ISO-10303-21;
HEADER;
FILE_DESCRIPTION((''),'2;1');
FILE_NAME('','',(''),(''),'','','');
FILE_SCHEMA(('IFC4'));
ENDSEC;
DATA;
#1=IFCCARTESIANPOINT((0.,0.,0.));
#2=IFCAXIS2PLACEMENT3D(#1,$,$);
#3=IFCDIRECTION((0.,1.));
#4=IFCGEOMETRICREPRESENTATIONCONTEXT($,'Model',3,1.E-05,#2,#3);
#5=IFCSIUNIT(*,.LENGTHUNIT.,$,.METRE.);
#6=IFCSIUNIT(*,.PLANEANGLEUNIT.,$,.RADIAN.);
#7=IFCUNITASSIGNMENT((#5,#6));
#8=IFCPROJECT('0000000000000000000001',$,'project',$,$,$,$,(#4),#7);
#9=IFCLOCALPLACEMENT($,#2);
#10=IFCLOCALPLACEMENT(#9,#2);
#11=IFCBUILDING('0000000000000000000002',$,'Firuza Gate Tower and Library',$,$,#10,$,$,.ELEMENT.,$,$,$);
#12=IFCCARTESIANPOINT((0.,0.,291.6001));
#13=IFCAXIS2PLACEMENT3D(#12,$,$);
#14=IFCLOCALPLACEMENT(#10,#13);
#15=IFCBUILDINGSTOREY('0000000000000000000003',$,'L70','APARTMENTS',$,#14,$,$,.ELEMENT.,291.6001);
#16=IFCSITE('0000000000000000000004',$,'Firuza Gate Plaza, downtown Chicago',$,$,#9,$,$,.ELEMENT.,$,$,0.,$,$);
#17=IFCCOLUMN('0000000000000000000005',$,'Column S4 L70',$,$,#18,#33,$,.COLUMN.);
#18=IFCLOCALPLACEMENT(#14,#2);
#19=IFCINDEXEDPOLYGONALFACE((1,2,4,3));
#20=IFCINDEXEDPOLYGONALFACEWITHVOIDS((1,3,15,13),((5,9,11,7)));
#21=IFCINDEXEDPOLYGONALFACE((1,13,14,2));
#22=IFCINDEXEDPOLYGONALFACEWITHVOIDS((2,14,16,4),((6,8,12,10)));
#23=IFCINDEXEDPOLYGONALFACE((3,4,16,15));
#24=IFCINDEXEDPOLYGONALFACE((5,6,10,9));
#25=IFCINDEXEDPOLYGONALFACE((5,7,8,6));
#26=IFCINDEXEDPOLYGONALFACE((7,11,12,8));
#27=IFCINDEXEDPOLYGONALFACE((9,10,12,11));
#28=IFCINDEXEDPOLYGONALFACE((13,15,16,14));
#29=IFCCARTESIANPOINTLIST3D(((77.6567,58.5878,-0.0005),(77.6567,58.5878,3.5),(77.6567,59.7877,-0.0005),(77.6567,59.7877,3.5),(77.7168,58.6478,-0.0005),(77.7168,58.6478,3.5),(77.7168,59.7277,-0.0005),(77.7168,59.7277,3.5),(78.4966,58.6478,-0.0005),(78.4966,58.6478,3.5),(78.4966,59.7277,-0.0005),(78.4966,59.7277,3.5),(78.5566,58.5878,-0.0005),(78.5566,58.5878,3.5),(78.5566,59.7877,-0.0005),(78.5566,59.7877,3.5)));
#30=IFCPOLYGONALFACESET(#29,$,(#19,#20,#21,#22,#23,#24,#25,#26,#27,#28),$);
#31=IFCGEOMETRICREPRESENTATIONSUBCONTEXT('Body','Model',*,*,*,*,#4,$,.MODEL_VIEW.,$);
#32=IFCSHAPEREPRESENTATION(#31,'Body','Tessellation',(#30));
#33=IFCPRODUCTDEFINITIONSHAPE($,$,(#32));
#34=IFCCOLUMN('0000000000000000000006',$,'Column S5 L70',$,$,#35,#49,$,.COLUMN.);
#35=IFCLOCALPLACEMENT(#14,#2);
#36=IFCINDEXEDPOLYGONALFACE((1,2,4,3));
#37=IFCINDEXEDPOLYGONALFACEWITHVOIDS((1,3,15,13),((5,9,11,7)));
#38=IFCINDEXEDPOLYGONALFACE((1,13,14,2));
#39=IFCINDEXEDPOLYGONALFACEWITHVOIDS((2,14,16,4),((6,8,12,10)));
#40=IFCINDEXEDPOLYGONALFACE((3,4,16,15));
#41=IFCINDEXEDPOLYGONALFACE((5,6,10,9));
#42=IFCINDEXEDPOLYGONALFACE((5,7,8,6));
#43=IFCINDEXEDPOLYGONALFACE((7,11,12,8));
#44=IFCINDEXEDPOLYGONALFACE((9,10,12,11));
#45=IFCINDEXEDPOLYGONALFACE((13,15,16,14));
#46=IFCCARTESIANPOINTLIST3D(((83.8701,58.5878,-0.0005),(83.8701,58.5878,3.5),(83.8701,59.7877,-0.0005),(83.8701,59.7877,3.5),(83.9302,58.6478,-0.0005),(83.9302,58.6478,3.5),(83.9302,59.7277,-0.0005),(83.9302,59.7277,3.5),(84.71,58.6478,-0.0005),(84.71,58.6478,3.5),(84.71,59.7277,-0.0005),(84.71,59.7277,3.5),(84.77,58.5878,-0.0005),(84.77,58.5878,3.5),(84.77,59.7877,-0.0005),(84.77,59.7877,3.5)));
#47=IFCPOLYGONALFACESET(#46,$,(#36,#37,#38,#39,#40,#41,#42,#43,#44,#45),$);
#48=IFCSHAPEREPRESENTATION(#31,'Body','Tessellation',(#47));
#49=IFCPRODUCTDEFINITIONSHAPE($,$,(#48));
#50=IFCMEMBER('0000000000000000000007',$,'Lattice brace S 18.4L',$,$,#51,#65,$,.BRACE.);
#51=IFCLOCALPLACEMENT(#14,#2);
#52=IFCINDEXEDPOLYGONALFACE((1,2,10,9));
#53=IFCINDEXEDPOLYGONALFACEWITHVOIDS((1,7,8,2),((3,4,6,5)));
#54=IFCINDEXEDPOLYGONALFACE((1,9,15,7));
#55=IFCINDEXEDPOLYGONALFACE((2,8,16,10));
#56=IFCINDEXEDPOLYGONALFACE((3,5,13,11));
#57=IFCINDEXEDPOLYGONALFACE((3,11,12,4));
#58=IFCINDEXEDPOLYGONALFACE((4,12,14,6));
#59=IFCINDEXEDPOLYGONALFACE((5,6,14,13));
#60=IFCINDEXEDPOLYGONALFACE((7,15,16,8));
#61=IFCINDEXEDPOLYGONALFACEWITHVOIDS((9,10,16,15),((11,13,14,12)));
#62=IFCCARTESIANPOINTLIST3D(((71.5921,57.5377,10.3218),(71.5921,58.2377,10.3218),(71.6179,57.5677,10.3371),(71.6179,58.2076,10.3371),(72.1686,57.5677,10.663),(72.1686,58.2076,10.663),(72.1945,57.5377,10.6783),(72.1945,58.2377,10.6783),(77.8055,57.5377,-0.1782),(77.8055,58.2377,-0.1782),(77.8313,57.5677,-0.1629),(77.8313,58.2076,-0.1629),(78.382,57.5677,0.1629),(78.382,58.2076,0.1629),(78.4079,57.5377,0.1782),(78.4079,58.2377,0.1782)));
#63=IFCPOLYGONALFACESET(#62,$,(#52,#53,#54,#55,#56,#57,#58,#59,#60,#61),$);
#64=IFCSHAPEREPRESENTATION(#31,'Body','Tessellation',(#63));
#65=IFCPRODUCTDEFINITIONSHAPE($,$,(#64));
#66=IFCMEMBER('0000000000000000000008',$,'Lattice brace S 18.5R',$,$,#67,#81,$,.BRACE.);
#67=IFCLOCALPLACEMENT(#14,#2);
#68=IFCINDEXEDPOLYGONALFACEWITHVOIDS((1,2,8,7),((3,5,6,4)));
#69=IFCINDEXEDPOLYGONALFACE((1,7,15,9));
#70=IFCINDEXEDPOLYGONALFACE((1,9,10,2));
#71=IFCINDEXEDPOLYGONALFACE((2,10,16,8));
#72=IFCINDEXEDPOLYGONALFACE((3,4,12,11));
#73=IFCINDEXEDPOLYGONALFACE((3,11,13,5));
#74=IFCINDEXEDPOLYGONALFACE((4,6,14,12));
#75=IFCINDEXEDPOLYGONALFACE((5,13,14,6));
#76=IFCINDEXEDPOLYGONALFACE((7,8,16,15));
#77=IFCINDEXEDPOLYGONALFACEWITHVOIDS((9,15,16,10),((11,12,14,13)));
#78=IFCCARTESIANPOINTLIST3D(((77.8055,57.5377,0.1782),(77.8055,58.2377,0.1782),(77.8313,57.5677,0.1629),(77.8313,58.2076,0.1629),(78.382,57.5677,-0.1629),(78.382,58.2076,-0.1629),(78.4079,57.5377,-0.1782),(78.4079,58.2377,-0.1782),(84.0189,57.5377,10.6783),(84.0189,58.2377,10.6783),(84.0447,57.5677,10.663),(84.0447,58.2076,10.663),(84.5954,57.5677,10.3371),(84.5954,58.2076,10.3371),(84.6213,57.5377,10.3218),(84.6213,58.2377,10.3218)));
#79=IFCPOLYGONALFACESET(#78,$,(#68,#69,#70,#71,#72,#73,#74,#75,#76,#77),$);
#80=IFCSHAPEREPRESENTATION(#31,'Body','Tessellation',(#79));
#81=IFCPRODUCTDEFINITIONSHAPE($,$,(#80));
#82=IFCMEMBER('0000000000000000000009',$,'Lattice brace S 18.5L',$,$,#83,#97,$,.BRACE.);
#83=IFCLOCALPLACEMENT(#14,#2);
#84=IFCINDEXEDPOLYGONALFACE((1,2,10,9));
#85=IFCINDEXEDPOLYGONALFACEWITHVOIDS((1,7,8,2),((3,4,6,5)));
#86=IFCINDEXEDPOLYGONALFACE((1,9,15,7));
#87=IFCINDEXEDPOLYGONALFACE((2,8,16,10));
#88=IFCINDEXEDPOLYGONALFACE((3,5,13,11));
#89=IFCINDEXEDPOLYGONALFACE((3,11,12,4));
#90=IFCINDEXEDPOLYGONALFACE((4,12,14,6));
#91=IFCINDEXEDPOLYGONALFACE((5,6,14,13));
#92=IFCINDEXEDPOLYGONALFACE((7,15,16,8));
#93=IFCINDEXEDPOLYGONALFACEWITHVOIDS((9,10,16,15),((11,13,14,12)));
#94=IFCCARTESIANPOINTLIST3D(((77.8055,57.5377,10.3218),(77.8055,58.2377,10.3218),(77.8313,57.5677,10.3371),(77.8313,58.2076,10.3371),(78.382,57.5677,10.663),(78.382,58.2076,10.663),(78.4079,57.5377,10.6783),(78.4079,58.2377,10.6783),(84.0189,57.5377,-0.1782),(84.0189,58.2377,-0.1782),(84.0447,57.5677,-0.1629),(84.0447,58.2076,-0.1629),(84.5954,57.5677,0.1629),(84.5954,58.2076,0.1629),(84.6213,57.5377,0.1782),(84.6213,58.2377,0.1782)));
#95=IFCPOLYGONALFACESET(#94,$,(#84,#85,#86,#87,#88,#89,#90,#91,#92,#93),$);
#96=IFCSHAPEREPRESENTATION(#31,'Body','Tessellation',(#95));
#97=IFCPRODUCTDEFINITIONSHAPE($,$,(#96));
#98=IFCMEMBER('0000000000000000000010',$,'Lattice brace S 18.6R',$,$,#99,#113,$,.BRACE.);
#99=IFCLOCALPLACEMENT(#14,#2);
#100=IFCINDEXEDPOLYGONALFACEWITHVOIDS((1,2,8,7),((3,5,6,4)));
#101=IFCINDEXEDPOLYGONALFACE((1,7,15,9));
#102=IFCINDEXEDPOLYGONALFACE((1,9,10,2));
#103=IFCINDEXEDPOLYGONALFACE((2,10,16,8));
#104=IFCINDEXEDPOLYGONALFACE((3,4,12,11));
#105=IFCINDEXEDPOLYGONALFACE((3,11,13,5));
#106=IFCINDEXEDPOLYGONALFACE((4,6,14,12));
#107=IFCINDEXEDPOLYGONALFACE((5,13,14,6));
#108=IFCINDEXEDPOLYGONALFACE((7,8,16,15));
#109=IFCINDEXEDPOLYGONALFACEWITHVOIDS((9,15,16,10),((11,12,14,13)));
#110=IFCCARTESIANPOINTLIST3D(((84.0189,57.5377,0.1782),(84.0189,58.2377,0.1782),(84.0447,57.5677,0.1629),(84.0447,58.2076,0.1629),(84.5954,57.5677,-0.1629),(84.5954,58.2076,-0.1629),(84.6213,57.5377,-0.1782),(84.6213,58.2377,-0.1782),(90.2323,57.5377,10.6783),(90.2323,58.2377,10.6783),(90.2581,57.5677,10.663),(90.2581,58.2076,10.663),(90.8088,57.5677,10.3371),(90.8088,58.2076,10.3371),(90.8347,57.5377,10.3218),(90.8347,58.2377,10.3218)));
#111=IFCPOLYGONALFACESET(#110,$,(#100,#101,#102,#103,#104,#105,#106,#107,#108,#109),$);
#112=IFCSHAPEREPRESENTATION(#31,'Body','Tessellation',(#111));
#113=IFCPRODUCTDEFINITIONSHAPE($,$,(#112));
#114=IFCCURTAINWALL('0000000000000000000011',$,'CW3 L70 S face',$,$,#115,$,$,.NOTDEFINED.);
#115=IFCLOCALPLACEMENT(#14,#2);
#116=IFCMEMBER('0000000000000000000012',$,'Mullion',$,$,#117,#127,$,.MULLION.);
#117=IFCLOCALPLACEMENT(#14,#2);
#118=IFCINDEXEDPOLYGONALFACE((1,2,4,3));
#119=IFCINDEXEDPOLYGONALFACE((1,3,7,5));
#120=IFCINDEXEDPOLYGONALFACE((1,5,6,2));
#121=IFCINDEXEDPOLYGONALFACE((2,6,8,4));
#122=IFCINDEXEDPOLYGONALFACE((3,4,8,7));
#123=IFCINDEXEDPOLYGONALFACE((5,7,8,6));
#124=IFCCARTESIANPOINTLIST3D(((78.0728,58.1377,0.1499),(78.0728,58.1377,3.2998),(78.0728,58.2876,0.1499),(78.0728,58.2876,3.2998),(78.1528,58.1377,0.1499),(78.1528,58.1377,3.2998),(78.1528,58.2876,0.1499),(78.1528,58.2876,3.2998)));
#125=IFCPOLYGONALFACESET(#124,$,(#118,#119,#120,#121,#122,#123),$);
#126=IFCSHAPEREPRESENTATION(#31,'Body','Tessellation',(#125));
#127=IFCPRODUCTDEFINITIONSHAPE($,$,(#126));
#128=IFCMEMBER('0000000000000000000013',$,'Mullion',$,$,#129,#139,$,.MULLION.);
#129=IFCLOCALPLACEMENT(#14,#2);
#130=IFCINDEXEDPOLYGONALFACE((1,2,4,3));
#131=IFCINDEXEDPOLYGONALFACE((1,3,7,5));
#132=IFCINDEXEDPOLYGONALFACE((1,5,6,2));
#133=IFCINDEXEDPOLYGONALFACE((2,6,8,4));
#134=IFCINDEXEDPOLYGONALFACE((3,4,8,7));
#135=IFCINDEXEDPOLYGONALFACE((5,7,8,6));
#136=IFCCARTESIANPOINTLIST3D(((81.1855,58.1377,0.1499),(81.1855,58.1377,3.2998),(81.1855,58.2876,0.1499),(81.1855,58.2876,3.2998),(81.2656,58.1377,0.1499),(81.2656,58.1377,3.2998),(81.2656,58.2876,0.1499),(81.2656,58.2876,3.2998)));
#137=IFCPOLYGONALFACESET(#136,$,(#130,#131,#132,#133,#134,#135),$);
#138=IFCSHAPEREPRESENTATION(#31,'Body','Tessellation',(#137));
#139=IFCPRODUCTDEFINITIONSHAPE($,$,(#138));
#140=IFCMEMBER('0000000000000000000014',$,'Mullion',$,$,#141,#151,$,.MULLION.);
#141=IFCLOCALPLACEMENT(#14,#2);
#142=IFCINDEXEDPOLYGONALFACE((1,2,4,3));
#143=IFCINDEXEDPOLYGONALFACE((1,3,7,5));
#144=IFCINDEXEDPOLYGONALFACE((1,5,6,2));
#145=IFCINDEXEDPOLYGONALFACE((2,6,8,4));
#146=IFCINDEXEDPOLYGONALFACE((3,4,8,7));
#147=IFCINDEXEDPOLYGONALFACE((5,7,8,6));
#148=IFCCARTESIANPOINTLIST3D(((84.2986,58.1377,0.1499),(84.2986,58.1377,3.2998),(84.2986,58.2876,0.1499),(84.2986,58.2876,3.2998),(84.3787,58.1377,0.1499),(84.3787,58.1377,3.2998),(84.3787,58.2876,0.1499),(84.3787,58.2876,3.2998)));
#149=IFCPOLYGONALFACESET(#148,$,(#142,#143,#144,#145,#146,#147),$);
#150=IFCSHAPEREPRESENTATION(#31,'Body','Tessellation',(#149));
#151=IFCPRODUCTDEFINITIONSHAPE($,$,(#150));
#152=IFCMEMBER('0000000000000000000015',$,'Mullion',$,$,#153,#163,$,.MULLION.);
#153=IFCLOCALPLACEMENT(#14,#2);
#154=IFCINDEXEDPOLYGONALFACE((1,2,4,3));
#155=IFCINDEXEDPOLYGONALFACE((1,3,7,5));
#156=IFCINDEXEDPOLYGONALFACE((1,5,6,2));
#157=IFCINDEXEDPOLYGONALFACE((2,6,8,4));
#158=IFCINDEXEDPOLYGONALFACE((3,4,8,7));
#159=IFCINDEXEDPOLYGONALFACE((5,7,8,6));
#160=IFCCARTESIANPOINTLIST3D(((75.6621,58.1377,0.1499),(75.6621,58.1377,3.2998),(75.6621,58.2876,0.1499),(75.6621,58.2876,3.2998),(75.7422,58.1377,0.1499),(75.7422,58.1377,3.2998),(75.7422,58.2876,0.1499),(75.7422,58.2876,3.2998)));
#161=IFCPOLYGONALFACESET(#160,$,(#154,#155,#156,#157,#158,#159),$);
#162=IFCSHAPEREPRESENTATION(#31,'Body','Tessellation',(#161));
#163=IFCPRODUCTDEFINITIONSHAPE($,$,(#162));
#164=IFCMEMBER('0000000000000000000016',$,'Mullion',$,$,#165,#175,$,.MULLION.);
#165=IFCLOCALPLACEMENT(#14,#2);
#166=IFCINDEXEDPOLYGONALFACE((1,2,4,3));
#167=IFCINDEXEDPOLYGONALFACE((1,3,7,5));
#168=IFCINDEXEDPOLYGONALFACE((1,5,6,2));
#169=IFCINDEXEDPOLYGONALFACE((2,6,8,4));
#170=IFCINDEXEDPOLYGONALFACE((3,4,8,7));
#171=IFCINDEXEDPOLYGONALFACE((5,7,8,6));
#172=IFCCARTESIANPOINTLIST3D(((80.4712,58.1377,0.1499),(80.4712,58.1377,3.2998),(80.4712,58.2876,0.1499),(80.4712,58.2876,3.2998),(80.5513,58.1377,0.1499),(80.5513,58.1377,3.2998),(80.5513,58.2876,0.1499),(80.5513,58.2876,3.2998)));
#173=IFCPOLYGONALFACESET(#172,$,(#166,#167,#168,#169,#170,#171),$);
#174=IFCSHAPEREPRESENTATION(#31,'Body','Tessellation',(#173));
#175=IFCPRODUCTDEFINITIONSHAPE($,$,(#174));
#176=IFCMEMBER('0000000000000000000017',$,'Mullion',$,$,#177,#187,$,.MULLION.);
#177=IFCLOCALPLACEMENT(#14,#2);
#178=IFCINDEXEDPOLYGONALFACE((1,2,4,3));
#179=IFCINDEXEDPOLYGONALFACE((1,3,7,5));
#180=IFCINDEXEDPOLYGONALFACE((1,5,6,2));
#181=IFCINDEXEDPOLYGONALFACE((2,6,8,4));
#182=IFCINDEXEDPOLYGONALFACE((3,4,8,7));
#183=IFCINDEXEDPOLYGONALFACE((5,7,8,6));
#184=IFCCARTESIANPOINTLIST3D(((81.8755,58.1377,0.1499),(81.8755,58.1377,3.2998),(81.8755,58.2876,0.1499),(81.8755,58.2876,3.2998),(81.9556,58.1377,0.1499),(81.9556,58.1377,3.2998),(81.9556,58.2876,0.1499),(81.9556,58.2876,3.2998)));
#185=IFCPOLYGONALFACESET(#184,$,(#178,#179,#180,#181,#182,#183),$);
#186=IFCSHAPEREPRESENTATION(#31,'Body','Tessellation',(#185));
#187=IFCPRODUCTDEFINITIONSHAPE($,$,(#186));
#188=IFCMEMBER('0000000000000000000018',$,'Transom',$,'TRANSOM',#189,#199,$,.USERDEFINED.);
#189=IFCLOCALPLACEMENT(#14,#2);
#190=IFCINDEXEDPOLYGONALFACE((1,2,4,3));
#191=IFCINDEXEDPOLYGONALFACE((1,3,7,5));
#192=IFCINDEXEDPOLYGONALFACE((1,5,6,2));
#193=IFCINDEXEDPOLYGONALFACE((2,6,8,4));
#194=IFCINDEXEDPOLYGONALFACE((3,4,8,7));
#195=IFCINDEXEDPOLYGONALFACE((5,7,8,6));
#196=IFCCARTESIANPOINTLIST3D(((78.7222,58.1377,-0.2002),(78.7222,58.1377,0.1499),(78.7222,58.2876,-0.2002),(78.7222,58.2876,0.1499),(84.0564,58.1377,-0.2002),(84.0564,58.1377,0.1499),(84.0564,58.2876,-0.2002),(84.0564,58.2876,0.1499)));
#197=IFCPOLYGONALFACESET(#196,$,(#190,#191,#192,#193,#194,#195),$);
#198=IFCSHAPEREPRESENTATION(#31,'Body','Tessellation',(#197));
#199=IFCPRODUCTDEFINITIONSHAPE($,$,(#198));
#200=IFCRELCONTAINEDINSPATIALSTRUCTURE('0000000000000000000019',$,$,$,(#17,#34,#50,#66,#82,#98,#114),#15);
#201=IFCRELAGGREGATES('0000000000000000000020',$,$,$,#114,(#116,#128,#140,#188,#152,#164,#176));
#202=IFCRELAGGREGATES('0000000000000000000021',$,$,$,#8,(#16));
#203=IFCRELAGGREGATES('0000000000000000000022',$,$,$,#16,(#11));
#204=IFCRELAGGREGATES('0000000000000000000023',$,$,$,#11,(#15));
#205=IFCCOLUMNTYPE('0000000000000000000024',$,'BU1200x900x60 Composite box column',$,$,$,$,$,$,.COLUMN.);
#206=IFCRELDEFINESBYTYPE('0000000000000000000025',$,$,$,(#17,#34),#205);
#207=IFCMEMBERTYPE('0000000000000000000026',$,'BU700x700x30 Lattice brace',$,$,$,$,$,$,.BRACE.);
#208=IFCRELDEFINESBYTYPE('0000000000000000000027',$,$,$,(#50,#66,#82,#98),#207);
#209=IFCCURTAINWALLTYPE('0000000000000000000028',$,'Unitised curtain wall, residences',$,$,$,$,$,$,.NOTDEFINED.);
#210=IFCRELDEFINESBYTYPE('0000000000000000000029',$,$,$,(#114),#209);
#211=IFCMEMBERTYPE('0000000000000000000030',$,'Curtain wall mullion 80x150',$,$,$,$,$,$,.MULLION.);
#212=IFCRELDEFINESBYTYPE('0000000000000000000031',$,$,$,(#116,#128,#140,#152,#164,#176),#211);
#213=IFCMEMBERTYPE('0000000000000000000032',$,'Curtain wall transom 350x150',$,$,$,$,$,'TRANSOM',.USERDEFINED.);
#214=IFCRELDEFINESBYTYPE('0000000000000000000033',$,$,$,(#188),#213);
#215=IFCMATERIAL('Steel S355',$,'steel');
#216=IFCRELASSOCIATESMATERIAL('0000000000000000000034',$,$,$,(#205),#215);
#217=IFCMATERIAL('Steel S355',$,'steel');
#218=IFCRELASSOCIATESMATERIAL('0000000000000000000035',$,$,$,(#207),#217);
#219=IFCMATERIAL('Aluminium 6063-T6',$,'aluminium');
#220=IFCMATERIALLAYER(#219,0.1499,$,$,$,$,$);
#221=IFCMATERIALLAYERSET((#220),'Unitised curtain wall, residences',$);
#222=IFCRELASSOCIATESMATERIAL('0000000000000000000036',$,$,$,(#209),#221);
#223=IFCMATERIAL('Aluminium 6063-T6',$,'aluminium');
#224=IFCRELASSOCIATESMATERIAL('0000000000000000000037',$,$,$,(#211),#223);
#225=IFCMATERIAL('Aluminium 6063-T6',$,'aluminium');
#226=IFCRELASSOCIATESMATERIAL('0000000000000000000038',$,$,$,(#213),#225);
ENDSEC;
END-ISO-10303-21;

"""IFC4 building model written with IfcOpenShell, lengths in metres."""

from ifc_helpers import new_model, si_unit, direction, frame, origin, origin_2d, place, context, subcontext, project, spatial, rectangle, hollow_rectangle, extrude, material, layer, layer_set, material_profile, profile_set, type_object, element, aggregate, save


model = new_model("IFC4")

# Units and contexts
model_context = context("Model", 3, precision=1e-05, world=origin(), true_north=direction((0.0, 1.0)))
body_context = subcontext(model_context, "Body", "Model", "MODEL_VIEW")
ifc_project = project(units=[si_unit("LENGTHUNIT", "METRE"), si_unit("PLANEANGLEUNIT", "RADIAN")], contexts=[model_context])

# Site, building, storey
site_placement = place(None, origin())
site = spatial("IfcSite", under=ifc_project, at=site_placement, Name="Firuza Gate Plaza, downtown Chicago", CompositionType="ELEMENT", RefElevation=0.0)
building_placement = place(site_placement, origin())
building = spatial("IfcBuilding", under=site, at=building_placement, Name="Firuza Gate Tower and Library", CompositionType="ELEMENT")
storey_placement = place(building_placement, frame((0.0, 0.0, 291.6001)))
storey = spatial("IfcBuildingStorey", under=building, at=storey_placement, Name="L70", Description="APARTMENTS", CompositionType="ELEMENT", Elevation=291.6001)

# Columns
ifc_material_1 = material(Name="Steel S355", Category="steel")
ifc_material_profile_1 = material_profile(ifc_material_1, hollow_rectangle(XDim=0.8999, YDim=1.2, WallThickness=0.0601, at=origin_2d()))
ifc_profile_set_1 = profile_set([ifc_material_profile_1], Name="Steel S355")
column_type = type_object("IfcColumnType", Name="BU1200x900x60 Composite box column", PredefinedType="COLUMN", material=ifc_profile_set_1)
for number, where, z_axis, x_axis, name in (
    (1, (78.1067, 59.1877, -0.0005), (0.0, 0.0, 1.0), (1.0, 0.0, 0.0), "Column S4 L70"),
    (2, (84.3201, 59.1877, -0.0005), (0.0, 0.0, 1.0), (1.0, 0.0, 0.0), "Column S5 L70"),
):
    element("IfcColumn", number, at=place(storey_placement, frame(where, z_axis=z_axis, x_axis=x_axis)), inside=storey, type_object=column_type, Name=name, PredefinedType="COLUMN", context=body_context, shape_type="SweptSolid", body=[
        extrude(hollow_rectangle(XDim=0.8999, YDim=1.2, WallThickness=0.0601, at=origin_2d()), origin(), (0.0, 0.0, 1.0), 3.5005),
    ])

# Members
ifc_material_2 = material(Name="Steel S355", Category="steel")
ifc_material_profile_2 = material_profile(ifc_material_2, hollow_rectangle(XDim=0.7, YDim=0.7, WallThickness=0.03, at=origin_2d()))
ifc_profile_set_2 = profile_set([ifc_material_profile_2], Name="Steel S355")
member_type_1 = type_object("IfcMemberType", Name="BU700x700x30 Lattice brace", PredefinedType="BRACE", material=ifc_profile_set_2)
for number, where, z_axis, x_axis, name in (
    (3, (78.1067, 57.8877, 0.0), (-0.509266, 0.0, 0.860609), (0.0, -1.0, 0.0), "Lattice brace S 18.4L"),
    (4, (78.1067, 57.8877, 0.0), (0.509266, 0.0, 0.860609), (0.0, 1.0, 0.0), "Lattice brace S 18.5R"),
    (5, (84.3201, 57.8877, 0.0), (-0.509266, 0.0, 0.860609), (0.0, -1.0, 0.0), "Lattice brace S 18.5L"),
    (6, (84.3201, 57.8877, 0.0), (0.509266, 0.0, 0.860609), (0.0, 1.0, 0.0), "Lattice brace S 18.6R"),
):
    element("IfcMember", number, at=place(storey_placement, frame(where, z_axis=z_axis, x_axis=x_axis)), inside=storey, type_object=member_type_1, Name=name, PredefinedType="BRACE", context=body_context, shape_type="SweptSolid", body=[
        extrude(hollow_rectangle(XDim=0.7, YDim=0.7, WallThickness=0.03, at=origin_2d()), origin(), (0.0, 0.0, 1.0), 12.2007),
    ])

# Curtain wall, members
ifc_material_3 = material(Name="Aluminium 6063-T6", Category="aluminium")
ifc_layer_1 = layer(ifc_material_3, 0.1499)
ifc_layer_set_1 = layer_set([ifc_layer_1], Name="Unitised curtain wall, residences")
curtain_wall_type = type_object("IfcCurtainWallType", Name="Unitised curtain wall, residences", PredefinedType="NOTDEFINED", material=ifc_layer_set_1)
curtain_wall_placement = place(storey_placement, origin())
curtain_wall = element("IfcCurtainWall", 7, at=curtain_wall_placement, inside=storey, type_object=curtain_wall_type, Name="CW3 L70 S face", PredefinedType="NOTDEFINED")
ifc_material_4 = material(Name="Aluminium 6063-T6", Category="aluminium")
ifc_material_profile_3 = material_profile(ifc_material_4, rectangle(XDim=0.1499, YDim=0.0801, at=origin_2d()))
ifc_profile_set_3 = profile_set([ifc_material_profile_3], Name="Aluminium 6063-T6")
member_type_2 = type_object("IfcMemberType", Name="Curtain wall mullion 80x150", PredefinedType="MULLION", material=ifc_profile_set_3)
member_1_placement = place(storey_placement, frame((78.1128, 58.2126, 0.1499), z_axis=(0.0, 0.0, 1.0), x_axis=(0.0, 1.0, 0.0)))
member_1 = element("IfcMember", 8, at=member_1_placement, type_object=member_type_2, Name="Mullion", PredefinedType="MULLION", context=body_context, shape_type="SweptSolid", body=[
    extrude(rectangle(XDim=0.1499, YDim=0.0801, at=origin_2d()), origin(), (0.0, 0.0, 1.0), 3.1499),
])
member_2_placement = place(storey_placement, frame((81.2256, 58.2126, 0.1499), z_axis=(0.0, 0.0, 1.0), x_axis=(0.0, 1.0, 0.0)))
member_2 = element("IfcMember", 9, at=member_2_placement, type_object=member_type_2, Name="Mullion", PredefinedType="MULLION", context=body_context, shape_type="SweptSolid", body=[
    extrude(rectangle(XDim=0.1499, YDim=0.0801, at=origin_2d()), origin(), (0.0, 0.0, 1.0), 3.1499),
])
member_3_placement = place(storey_placement, frame((84.3386, 58.2126, 0.1499), z_axis=(0.0, 0.0, 1.0), x_axis=(0.0, 1.0, 0.0)))
member_3 = element("IfcMember", 10, at=member_3_placement, type_object=member_type_2, Name="Mullion", PredefinedType="MULLION", context=body_context, shape_type="SweptSolid", body=[
    extrude(rectangle(XDim=0.1499, YDim=0.0801, at=origin_2d()), origin(), (0.0, 0.0, 1.0), 3.1499),
])
member_4_placement = place(storey_placement, frame((75.7021, 58.2126, 0.1499), z_axis=(0.0, 0.0, 1.0), x_axis=(0.0, 1.0, 0.0)))
member_4 = element("IfcMember", 11, at=member_4_placement, type_object=member_type_2, Name="Mullion", PredefinedType="MULLION", context=body_context, shape_type="SweptSolid", body=[
    extrude(rectangle(XDim=0.1499, YDim=0.0801, at=origin_2d()), origin(), (0.0, 0.0, 1.0), 3.1499),
])
member_5_placement = place(storey_placement, frame((80.5112, 58.2126, 0.1499), z_axis=(0.0, 0.0, 1.0), x_axis=(0.0, 1.0, 0.0)))
member_5 = element("IfcMember", 12, at=member_5_placement, type_object=member_type_2, Name="Mullion", PredefinedType="MULLION", context=body_context, shape_type="SweptSolid", body=[
    extrude(rectangle(XDim=0.1499, YDim=0.0801, at=origin_2d()), origin(), (0.0, 0.0, 1.0), 3.1499),
])
member_6_placement = place(storey_placement, frame((81.9155, 58.2126, 0.1499), z_axis=(0.0, 0.0, 1.0), x_axis=(0.0, 1.0, 0.0)))
member_6 = element("IfcMember", 13, at=member_6_placement, type_object=member_type_2, Name="Mullion", PredefinedType="MULLION", context=body_context, shape_type="SweptSolid", body=[
    extrude(rectangle(XDim=0.1499, YDim=0.0801, at=origin_2d()), origin(), (0.0, 0.0, 1.0), 3.1499),
])
ifc_material_5 = material(Name="Aluminium 6063-T6", Category="aluminium")
ifc_material_profile_4 = material_profile(ifc_material_5, rectangle(XDim=0.1499, YDim=0.3501, at=origin_2d()))
ifc_profile_set_4 = profile_set([ifc_material_profile_4], Name="Aluminium 6063-T6")
member_type_3 = type_object("IfcMemberType", Name="Curtain wall transom 350x150", ElementType="TRANSOM", PredefinedType="USERDEFINED", material=ifc_profile_set_4)
member_7_placement = place(storey_placement, frame((78.7222, 58.2126, -0.0251), z_axis=(1.0, 0.0, 0.0), x_axis=(0.0, 1.0, 0.0)))
member_7 = element("IfcMember", 14, at=member_7_placement, type_object=member_type_3, Name="Transom", ObjectType="TRANSOM", PredefinedType="USERDEFINED", context=body_context, shape_type="SweptSolid", body=[
    extrude(rectangle(XDim=0.1499, YDim=0.3501, at=origin_2d()), origin(), (0.0, 0.0, 1.0), 5.3342),
])

aggregate(curtain_wall, [member_1, member_2, member_3, member_7, member_4, member_5, member_6])

save(model, "model.ifc")
